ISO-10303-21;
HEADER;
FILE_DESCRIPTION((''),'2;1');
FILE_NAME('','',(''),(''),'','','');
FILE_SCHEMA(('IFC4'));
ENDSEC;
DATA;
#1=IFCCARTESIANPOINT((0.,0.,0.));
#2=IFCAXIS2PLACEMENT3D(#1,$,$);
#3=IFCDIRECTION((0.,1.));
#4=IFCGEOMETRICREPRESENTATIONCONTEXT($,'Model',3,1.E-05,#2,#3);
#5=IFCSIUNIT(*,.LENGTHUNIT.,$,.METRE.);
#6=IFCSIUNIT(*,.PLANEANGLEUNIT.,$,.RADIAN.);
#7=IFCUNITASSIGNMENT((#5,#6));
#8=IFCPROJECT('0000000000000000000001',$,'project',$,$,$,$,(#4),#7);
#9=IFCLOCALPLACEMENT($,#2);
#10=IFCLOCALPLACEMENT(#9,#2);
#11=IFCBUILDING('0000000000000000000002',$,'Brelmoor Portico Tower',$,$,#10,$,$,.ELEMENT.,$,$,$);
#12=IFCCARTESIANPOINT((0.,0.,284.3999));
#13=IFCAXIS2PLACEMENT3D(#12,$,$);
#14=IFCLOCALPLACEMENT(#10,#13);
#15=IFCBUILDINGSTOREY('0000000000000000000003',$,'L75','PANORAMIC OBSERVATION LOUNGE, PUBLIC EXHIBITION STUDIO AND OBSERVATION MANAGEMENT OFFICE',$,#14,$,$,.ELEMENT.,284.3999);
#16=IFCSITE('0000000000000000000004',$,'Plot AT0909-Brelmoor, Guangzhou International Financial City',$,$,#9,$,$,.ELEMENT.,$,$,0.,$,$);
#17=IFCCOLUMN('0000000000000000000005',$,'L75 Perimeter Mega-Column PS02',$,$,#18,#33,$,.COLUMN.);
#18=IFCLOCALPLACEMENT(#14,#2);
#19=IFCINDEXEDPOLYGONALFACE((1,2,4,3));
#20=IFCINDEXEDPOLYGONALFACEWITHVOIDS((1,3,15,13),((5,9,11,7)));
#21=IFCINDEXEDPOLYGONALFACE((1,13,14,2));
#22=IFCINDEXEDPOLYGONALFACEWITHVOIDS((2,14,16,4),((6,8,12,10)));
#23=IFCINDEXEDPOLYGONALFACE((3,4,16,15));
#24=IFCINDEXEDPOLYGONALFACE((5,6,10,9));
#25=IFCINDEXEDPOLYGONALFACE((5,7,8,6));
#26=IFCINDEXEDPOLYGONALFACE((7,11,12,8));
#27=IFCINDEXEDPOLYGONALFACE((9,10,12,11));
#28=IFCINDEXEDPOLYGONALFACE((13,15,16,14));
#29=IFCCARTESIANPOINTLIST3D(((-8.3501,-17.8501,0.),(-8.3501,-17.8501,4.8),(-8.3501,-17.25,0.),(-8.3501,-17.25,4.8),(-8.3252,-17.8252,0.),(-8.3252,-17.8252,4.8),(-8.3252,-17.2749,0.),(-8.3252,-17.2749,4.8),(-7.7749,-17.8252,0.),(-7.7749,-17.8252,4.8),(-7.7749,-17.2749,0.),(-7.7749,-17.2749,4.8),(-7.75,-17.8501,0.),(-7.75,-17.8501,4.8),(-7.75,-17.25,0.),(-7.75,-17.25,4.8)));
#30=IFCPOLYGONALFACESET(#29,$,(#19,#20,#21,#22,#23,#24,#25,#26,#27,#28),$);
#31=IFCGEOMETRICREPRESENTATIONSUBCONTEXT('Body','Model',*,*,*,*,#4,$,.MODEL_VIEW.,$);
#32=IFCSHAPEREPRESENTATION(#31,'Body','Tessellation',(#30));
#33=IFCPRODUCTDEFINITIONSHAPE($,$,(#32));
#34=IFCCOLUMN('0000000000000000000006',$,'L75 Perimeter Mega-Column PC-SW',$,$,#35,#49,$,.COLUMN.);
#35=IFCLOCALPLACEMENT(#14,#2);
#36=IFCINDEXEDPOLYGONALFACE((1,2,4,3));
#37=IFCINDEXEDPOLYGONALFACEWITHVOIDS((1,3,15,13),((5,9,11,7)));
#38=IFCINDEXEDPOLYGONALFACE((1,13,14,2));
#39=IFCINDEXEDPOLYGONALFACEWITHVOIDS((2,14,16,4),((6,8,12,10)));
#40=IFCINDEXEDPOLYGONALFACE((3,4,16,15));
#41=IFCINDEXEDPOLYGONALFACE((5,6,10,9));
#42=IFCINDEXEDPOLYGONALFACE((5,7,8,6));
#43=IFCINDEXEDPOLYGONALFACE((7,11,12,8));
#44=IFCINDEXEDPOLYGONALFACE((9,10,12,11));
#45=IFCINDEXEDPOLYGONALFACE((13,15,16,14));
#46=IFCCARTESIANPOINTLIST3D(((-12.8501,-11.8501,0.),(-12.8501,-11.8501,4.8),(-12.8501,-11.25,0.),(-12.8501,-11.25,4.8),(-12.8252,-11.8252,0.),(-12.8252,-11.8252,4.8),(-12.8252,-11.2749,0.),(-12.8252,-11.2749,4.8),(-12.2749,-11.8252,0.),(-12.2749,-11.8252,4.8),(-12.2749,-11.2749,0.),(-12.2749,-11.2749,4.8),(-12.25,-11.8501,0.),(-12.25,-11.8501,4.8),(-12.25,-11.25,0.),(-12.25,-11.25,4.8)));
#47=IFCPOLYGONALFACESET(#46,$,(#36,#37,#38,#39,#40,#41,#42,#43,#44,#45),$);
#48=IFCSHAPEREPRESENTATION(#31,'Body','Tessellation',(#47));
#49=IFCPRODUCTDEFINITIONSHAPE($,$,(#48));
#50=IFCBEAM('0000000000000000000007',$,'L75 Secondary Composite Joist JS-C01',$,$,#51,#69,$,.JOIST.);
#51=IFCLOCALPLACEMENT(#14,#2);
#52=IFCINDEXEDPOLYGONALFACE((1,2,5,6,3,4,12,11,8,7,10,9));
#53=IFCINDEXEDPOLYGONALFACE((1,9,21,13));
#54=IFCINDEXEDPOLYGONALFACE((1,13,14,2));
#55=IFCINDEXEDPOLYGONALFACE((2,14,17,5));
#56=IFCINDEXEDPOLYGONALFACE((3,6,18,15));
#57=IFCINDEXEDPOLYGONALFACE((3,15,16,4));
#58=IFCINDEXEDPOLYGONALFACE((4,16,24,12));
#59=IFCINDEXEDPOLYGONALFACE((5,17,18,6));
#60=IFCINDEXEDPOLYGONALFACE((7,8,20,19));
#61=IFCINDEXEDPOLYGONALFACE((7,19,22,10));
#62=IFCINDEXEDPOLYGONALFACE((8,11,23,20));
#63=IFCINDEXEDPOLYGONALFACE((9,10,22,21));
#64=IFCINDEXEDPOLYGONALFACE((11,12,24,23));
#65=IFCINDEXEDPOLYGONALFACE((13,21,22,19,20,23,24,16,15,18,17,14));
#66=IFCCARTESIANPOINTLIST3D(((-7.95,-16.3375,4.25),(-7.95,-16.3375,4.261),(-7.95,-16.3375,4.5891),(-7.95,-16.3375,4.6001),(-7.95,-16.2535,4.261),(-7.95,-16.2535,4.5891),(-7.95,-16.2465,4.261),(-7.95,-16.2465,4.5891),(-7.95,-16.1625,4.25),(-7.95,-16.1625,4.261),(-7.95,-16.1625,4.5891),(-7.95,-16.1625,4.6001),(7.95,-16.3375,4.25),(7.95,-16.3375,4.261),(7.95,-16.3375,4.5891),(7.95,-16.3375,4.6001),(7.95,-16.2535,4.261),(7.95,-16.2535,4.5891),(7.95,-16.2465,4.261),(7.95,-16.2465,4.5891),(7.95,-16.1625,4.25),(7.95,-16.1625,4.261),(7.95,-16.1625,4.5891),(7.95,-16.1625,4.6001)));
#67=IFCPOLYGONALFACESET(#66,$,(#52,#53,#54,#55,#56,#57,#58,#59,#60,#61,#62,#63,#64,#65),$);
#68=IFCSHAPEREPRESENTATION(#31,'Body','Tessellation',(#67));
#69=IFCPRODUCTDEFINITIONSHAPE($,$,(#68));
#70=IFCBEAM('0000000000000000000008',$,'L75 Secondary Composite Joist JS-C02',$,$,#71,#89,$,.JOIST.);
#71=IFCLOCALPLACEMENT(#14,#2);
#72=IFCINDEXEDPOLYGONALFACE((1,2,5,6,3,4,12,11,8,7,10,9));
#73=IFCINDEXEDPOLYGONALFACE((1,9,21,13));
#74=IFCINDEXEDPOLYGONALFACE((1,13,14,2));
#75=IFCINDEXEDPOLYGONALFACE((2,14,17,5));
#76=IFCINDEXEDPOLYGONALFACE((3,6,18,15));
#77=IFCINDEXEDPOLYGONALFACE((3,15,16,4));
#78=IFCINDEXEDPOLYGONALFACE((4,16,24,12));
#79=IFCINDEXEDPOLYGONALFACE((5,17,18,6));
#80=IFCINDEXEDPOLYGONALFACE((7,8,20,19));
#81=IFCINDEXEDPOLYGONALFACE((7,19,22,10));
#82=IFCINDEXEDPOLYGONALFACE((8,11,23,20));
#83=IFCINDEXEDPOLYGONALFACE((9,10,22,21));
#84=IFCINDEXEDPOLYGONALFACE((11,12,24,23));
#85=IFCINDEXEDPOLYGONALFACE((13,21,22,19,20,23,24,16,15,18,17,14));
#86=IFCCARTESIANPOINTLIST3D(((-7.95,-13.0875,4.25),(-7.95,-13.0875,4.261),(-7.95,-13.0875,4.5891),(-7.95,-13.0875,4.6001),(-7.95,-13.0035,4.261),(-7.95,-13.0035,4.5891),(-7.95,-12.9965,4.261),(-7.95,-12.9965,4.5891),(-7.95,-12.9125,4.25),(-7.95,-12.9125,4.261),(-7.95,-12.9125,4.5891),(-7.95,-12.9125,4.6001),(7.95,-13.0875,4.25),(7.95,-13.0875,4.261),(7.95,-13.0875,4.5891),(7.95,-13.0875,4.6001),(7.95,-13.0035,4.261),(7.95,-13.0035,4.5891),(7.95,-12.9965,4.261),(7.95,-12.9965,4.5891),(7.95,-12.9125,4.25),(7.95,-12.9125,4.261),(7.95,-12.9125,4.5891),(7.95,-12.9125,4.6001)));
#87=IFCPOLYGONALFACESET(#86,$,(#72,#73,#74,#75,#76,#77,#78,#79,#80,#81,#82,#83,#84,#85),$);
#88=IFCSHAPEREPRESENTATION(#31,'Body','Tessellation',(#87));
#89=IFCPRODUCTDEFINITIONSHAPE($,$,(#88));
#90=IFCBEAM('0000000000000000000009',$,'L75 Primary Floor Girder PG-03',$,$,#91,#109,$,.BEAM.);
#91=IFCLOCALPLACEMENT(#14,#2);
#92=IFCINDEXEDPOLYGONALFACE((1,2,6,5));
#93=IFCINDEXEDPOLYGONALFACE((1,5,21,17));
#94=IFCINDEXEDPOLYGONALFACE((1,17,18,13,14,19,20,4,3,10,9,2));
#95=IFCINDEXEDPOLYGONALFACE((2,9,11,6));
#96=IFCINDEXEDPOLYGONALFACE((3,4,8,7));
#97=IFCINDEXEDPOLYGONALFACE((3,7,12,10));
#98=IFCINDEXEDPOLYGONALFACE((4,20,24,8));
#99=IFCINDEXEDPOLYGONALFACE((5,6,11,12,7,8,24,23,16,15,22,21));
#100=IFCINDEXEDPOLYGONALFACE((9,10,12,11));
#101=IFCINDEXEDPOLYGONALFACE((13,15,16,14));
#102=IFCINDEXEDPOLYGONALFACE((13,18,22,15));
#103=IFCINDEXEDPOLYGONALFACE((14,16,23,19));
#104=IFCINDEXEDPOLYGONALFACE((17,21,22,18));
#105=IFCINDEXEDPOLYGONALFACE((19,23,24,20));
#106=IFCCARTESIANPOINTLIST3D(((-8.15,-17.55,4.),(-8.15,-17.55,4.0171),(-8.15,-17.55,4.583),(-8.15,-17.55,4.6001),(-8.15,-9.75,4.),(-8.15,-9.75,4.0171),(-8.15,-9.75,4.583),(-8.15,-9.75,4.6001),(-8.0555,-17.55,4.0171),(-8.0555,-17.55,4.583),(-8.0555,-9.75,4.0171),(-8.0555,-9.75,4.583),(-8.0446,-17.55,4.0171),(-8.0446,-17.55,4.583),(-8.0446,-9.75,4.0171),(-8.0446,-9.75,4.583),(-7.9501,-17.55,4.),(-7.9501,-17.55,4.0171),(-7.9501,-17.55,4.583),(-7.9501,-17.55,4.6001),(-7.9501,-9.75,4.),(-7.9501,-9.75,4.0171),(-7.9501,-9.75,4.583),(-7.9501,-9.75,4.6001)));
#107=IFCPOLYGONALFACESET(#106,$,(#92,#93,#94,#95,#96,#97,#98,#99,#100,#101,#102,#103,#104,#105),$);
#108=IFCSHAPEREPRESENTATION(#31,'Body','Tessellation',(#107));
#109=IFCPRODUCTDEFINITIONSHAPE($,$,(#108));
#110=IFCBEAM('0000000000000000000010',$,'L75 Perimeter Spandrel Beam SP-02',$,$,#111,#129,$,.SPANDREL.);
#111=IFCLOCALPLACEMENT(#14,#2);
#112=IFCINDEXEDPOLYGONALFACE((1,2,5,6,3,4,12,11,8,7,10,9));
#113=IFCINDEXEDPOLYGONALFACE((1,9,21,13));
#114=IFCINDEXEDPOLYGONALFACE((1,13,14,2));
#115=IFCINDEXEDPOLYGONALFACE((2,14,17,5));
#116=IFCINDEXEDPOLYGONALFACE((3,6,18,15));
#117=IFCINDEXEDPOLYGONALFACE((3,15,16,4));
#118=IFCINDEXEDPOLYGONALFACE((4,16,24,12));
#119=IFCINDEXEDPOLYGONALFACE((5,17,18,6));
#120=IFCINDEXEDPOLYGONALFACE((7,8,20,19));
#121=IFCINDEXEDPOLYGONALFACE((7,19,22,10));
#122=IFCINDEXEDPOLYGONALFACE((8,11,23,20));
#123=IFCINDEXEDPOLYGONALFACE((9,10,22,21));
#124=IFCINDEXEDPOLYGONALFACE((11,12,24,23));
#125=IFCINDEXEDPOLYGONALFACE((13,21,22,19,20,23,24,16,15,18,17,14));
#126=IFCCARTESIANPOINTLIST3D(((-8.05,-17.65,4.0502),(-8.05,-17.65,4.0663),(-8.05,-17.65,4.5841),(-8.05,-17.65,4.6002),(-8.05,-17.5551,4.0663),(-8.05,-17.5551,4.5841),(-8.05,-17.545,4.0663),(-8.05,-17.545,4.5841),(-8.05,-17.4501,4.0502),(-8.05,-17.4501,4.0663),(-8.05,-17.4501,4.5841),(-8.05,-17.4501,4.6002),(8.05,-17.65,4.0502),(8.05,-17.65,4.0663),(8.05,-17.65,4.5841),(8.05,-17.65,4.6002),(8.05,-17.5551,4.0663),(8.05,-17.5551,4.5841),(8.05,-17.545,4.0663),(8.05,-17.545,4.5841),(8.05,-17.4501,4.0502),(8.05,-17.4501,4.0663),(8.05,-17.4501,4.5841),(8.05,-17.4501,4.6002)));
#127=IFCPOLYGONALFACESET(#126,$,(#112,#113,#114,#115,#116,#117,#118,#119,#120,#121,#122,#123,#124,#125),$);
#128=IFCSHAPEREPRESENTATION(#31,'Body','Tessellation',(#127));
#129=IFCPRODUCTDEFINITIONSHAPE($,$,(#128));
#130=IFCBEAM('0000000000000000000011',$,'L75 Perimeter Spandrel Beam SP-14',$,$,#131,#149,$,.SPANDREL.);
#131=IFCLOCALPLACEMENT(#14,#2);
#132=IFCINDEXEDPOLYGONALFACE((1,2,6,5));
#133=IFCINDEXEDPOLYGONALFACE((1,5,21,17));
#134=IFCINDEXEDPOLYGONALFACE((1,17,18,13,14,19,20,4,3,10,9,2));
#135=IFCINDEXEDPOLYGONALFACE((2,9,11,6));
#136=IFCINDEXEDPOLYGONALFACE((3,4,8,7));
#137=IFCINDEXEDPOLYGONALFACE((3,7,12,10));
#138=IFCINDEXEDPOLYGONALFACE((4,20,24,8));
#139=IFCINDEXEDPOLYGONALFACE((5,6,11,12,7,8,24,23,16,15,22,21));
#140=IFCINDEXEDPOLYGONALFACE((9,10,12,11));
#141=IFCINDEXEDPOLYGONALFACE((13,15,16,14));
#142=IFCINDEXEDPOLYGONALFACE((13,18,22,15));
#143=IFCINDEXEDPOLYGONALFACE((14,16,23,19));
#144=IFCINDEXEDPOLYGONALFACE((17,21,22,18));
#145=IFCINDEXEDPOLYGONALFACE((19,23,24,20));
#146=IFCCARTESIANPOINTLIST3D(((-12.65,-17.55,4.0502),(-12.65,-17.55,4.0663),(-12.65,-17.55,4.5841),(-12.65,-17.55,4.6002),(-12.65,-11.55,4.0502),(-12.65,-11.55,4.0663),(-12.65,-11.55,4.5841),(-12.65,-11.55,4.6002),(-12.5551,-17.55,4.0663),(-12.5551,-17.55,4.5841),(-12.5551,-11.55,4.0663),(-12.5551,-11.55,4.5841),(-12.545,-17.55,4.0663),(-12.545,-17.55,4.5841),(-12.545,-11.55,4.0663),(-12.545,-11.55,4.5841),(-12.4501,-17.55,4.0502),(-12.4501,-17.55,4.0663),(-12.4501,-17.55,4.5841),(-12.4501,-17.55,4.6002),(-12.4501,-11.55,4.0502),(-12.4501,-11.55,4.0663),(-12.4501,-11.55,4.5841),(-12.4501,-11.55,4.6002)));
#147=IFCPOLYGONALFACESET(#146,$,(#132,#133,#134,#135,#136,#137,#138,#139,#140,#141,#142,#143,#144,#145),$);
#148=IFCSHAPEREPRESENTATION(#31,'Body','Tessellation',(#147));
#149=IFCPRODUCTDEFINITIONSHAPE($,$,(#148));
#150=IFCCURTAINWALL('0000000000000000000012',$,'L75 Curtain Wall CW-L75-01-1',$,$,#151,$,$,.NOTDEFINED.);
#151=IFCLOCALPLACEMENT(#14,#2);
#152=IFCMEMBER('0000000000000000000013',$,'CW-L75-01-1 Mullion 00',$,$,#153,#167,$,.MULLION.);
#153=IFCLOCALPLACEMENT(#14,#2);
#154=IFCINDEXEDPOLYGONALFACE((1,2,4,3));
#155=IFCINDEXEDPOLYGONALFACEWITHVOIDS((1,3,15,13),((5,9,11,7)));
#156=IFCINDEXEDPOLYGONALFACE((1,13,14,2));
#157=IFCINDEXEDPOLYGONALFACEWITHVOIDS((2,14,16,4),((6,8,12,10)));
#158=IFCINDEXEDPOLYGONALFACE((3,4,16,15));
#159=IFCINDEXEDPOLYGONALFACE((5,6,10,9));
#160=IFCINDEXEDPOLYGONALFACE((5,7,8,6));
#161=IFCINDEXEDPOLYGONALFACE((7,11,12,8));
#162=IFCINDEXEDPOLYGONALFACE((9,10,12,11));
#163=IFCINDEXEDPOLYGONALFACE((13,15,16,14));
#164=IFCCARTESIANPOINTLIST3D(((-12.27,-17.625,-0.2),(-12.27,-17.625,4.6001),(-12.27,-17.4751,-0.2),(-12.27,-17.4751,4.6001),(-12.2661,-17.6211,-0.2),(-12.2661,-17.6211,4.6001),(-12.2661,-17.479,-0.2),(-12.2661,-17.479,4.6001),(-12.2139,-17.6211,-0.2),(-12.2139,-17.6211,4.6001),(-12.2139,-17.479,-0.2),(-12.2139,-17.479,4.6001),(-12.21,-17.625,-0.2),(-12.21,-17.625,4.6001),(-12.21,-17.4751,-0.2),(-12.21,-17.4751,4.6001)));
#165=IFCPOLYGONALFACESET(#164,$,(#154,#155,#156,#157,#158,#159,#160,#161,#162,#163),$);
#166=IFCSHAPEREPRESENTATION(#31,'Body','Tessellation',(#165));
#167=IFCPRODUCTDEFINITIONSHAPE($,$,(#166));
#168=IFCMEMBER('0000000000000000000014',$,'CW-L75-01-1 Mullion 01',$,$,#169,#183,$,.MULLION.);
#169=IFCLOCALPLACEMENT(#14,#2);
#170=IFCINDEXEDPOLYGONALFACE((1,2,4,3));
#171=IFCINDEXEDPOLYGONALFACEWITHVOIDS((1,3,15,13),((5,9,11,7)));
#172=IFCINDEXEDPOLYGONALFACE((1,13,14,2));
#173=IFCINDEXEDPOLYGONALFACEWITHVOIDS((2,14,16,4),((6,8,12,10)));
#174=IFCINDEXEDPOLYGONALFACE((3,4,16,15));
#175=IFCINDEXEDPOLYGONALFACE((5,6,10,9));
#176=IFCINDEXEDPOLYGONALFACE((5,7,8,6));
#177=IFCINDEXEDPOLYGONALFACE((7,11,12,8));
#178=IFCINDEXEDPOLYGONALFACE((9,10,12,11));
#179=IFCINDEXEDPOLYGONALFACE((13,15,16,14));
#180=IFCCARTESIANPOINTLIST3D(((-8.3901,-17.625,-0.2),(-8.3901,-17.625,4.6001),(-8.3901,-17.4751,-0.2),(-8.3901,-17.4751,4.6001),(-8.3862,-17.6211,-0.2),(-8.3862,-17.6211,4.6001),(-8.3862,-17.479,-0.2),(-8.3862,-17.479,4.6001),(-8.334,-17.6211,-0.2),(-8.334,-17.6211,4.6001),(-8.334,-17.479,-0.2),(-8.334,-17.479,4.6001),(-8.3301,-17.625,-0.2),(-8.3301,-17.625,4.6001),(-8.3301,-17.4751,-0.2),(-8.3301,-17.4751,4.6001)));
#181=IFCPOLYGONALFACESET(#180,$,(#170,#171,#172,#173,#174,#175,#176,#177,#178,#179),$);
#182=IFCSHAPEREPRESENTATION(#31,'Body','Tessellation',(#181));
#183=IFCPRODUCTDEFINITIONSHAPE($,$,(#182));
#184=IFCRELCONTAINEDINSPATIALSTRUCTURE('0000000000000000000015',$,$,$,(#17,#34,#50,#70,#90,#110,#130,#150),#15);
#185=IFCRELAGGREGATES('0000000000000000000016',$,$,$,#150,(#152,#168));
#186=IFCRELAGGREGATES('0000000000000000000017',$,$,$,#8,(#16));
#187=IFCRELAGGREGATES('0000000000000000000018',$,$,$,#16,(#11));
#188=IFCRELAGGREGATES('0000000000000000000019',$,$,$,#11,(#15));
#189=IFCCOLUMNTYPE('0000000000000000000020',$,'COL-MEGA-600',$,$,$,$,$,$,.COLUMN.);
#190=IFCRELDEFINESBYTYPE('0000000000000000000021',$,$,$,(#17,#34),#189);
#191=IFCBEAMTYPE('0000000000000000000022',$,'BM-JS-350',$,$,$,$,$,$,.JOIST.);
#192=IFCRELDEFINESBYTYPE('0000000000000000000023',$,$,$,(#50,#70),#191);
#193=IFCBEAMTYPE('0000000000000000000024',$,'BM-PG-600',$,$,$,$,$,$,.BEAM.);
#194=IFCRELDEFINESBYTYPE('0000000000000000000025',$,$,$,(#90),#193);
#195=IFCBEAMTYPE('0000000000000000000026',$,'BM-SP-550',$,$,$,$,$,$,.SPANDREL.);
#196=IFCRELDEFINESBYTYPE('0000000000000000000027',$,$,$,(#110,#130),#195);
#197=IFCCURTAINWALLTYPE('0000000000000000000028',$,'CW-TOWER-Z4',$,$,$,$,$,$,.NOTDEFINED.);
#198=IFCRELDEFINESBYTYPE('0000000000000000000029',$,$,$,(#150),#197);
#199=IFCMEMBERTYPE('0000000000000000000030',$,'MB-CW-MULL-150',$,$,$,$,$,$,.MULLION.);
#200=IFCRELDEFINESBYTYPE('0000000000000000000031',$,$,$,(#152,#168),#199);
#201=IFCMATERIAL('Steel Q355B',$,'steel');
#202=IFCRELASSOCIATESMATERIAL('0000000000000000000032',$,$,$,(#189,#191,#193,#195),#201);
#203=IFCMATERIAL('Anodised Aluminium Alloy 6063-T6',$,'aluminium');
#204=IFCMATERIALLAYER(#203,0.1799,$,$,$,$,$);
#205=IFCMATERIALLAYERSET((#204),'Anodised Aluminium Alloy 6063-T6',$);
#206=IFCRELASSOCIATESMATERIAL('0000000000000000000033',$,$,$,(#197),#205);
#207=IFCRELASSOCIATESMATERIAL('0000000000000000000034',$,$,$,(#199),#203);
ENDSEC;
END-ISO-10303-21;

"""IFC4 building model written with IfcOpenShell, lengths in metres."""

from ifc_helpers import new_model, si_unit, direction, frame, origin, origin_2d, place, context, subcontext, project, spatial, hollow_rectangle, i_section, extrude, material, layer, layer_set, material_profile, profile_set, type_object, element, aggregate, save


model = new_model("IFC4")

# Units and contexts
model_context = context("Model", 3, precision=1e-05, world=origin(), true_north=direction((0.0, 1.0)))
body_context = subcontext(model_context, "Body", "Model", "MODEL_VIEW")
ifc_project = project(units=[si_unit("LENGTHUNIT", "METRE"), si_unit("PLANEANGLEUNIT", "RADIAN")], contexts=[model_context])

# Site, building, storey
site_placement = place(None, origin())
site = spatial("IfcSite", under=ifc_project, at=site_placement, Name="Plot AT0909-Brelmoor, Guangzhou International Financial City", CompositionType="ELEMENT", RefElevation=0.0)
building_placement = place(site_placement, origin())
building = spatial("IfcBuilding", under=site, at=building_placement, Name="Brelmoor Portico Tower", CompositionType="ELEMENT")
storey_placement = place(building_placement, frame((0.0, 0.0, 284.3999)))
storey = spatial("IfcBuildingStorey", under=building, at=storey_placement, Name="L75", Description="PANORAMIC OBSERVATION LOUNGE, PUBLIC EXHIBITION STUDIO AND OBSERVATION MANAGEMENT OFFICE", CompositionType="ELEMENT", Elevation=284.3999)

# Columns
ifc_material_1 = material(Name="Steel Q355B", Category="steel")
ifc_material_profile_1 = material_profile(ifc_material_1, hollow_rectangle(XDim=0.6001, YDim=0.6001, WallThickness=0.0249, at=origin_2d()), Name="BOX 600x600x25")
ifc_profile_set_1 = profile_set([ifc_material_profile_1], Name="Steel Q355B")
column_type = type_object("IfcColumnType", Name="COL-MEGA-600", PredefinedType="COLUMN", material=ifc_profile_set_1)
for number, where, z_axis, x_axis, name in (
    (1, (-8.05, -17.55, 0.0), (0.0, 0.0, 1.0), (1.0, 0.0, 0.0), "L75 Perimeter Mega-Column PS02"),
    (2, (-12.55, -11.55, 0.0), (0.0, 0.0, 1.0), (1.0, 0.0, 0.0), "L75 Perimeter Mega-Column PC-SW"),
):
    element("IfcColumn", number, at=place(storey_placement, frame(where, z_axis=z_axis, x_axis=x_axis)), inside=storey, type_object=column_type, Name=name, PredefinedType="COLUMN", context=body_context, shape_type="SweptSolid", body=[
        extrude(hollow_rectangle(XDim=0.6001, YDim=0.6001, WallThickness=0.0249, at=origin_2d()), origin(), (0.0, 0.0, 1.0), 4.8),
    ])

# Beams
ifc_material_profile_2 = material_profile(ifc_material_1, i_section(OverallWidth=0.175, OverallDepth=0.3501, WebThickness=0.0071, FlangeThickness=0.011, at=origin_2d()), Name="HN 350x175x7x11")
ifc_profile_set_2 = profile_set([ifc_material_profile_2], Name="Steel Q355B")
beam_type_1 = type_object("IfcBeamType", Name="BM-JS-350", PredefinedType="JOIST", material=ifc_profile_set_2)
for number, where, z_axis, x_axis, name in (
    (3, (-7.95, -16.25, 4.425), (1.0, 0.0, 0.0), (0.0, 1.0, 0.0), "L75 Secondary Composite Joist JS-C01"),
    (4, (-7.95, -13.0, 4.425), (1.0, 0.0, 0.0), (0.0, 1.0, 0.0), "L75 Secondary Composite Joist JS-C02"),
):
    element("IfcBeam", number, at=place(storey_placement, frame(where, z_axis=z_axis, x_axis=x_axis)), inside=storey, type_object=beam_type_1, Name=name, PredefinedType="JOIST", context=body_context, shape_type="SweptSolid", body=[
        extrude(i_section(OverallWidth=0.175, OverallDepth=0.3501, WebThickness=0.0071, FlangeThickness=0.011, at=origin_2d()), origin(), (0.0, 0.0, 1.0), 15.8999),
    ])
ifc_material_profile_3 = material_profile(ifc_material_1, i_section(OverallWidth=0.2, OverallDepth=0.6001, WebThickness=0.011, FlangeThickness=0.0171, at=origin_2d()), Name="HN 600x200x11x17")
ifc_profile_set_3 = profile_set([ifc_material_profile_3], Name="Steel Q355B")
beam_type_2 = type_object("IfcBeamType", Name="BM-PG-600", PredefinedType="BEAM", material=ifc_profile_set_3)
beam_1_placement = place(storey_placement, frame((-8.05, -17.55, 4.3), z_axis=(0.0, 1.0, 0.0), x_axis=(-1.0, 0.0, 0.0)))
element("IfcBeam", 5, at=beam_1_placement, inside=storey, type_object=beam_type_2, Name="L75 Primary Floor Girder PG-03", PredefinedType="BEAM", context=body_context, shape_type="SweptSolid", body=[
    extrude(i_section(OverallWidth=0.2, OverallDepth=0.6001, WebThickness=0.011, FlangeThickness=0.0171, at=origin_2d()), origin(), (0.0, 0.0, 1.0), 7.8),
])
ifc_material_profile_4 = material_profile(ifc_material_1, i_section(OverallWidth=0.2, OverallDepth=0.55, WebThickness=0.01, FlangeThickness=0.0161, at=origin_2d()), Name="HN 550x200x10x16")
ifc_profile_set_4 = profile_set([ifc_material_profile_4], Name="Steel Q355B")
beam_type_3 = type_object("IfcBeamType", Name="BM-SP-550", PredefinedType="SPANDREL", material=ifc_profile_set_4)
beam_2_placement = place(storey_placement, frame((-8.05, -17.55, 4.3252), z_axis=(1.0, 0.0, 0.0), x_axis=(0.0, 1.0, 0.0)))
element("IfcBeam", 6, at=beam_2_placement, inside=storey, type_object=beam_type_3, Name="L75 Perimeter Spandrel Beam SP-02", PredefinedType="SPANDREL", context=body_context, shape_type="SweptSolid", body=[
    extrude(i_section(OverallWidth=0.2, OverallDepth=0.55, WebThickness=0.01, FlangeThickness=0.0161, at=origin_2d()), origin(), (0.0, 0.0, 1.0), 16.1001),
])
beam_3_placement = place(storey_placement, frame((-12.55, -17.55, 4.3252), z_axis=(0.0, 1.0, 0.0), x_axis=(-1.0, 0.0, 0.0)))
element("IfcBeam", 7, at=beam_3_placement, inside=storey, type_object=beam_type_3, Name="L75 Perimeter Spandrel Beam SP-14", PredefinedType="SPANDREL", context=body_context, shape_type="SweptSolid", body=[
    extrude(i_section(OverallWidth=0.2, OverallDepth=0.55, WebThickness=0.01, FlangeThickness=0.0161, at=origin_2d()), origin(), (0.0, 0.0, 1.0), 6.0),
])

# Curtain wall, members
ifc_material_2 = material(Name="Anodised Aluminium Alloy 6063-T6", Category="aluminium")
ifc_layer_1 = layer(ifc_material_2, 0.1799)
ifc_layer_set_1 = layer_set([ifc_layer_1], Name="Anodised Aluminium Alloy 6063-T6")
curtain_wall_type = type_object("IfcCurtainWallType", Name="CW-TOWER-Z4", PredefinedType="NOTDEFINED", material=ifc_layer_set_1)
curtain_wall_1_placement = place(storey_placement, origin())
curtain_wall_1 = element("IfcCurtainWall", 8, at=curtain_wall_1_placement, inside=storey, type_object=curtain_wall_type, Name="L75 Curtain Wall CW-L75-01-1", PredefinedType="NOTDEFINED")
ifc_material_profile_5 = material_profile(ifc_material_2, hollow_rectangle(XDim=0.0601, YDim=0.1499, WallThickness=0.0039, at=origin_2d()), Name="ALU MULLION 60x150")
ifc_profile_set_5 = profile_set([ifc_material_profile_5], Name="Anodised Aluminium Alloy 6063-T6")
member_type_1 = type_object("IfcMemberType", Name="MB-CW-MULL-150", PredefinedType="MULLION", material=ifc_profile_set_5)
member_1_placement = place(storey_placement, frame((-12.24, -17.55, -0.2), z_axis=(0.0, 0.0, 1.0), x_axis=(1.0, 0.0, 0.0)))
member_1 = element("IfcMember", 9, at=member_1_placement, type_object=member_type_1, Name="CW-L75-01-1 Mullion 00", PredefinedType="MULLION", context=body_context, shape_type="SweptSolid", body=[
    extrude(hollow_rectangle(XDim=0.0601, YDim=0.1499, WallThickness=0.0039, at=origin_2d()), origin(), (0.0, 0.0, 1.0), 4.8),
])
member_2_placement = place(storey_placement, frame((-8.3601, -17.55, -0.2), z_axis=(0.0, 0.0, 1.0), x_axis=(1.0, 0.0, 0.0)))
member_2 = element("IfcMember", 10, at=member_2_placement, type_object=member_type_1, Name="CW-L75-01-1 Mullion 01", PredefinedType="MULLION", context=body_context, shape_type="SweptSolid", body=[
    extrude(hollow_rectangle(XDim=0.0601, YDim=0.1499, WallThickness=0.0039, at=origin_2d()), origin(), (0.0, 0.0, 1.0), 4.8),
])

aggregate(curtain_wall_1, [member_1, member_2])

save(model, "model.ifc")
